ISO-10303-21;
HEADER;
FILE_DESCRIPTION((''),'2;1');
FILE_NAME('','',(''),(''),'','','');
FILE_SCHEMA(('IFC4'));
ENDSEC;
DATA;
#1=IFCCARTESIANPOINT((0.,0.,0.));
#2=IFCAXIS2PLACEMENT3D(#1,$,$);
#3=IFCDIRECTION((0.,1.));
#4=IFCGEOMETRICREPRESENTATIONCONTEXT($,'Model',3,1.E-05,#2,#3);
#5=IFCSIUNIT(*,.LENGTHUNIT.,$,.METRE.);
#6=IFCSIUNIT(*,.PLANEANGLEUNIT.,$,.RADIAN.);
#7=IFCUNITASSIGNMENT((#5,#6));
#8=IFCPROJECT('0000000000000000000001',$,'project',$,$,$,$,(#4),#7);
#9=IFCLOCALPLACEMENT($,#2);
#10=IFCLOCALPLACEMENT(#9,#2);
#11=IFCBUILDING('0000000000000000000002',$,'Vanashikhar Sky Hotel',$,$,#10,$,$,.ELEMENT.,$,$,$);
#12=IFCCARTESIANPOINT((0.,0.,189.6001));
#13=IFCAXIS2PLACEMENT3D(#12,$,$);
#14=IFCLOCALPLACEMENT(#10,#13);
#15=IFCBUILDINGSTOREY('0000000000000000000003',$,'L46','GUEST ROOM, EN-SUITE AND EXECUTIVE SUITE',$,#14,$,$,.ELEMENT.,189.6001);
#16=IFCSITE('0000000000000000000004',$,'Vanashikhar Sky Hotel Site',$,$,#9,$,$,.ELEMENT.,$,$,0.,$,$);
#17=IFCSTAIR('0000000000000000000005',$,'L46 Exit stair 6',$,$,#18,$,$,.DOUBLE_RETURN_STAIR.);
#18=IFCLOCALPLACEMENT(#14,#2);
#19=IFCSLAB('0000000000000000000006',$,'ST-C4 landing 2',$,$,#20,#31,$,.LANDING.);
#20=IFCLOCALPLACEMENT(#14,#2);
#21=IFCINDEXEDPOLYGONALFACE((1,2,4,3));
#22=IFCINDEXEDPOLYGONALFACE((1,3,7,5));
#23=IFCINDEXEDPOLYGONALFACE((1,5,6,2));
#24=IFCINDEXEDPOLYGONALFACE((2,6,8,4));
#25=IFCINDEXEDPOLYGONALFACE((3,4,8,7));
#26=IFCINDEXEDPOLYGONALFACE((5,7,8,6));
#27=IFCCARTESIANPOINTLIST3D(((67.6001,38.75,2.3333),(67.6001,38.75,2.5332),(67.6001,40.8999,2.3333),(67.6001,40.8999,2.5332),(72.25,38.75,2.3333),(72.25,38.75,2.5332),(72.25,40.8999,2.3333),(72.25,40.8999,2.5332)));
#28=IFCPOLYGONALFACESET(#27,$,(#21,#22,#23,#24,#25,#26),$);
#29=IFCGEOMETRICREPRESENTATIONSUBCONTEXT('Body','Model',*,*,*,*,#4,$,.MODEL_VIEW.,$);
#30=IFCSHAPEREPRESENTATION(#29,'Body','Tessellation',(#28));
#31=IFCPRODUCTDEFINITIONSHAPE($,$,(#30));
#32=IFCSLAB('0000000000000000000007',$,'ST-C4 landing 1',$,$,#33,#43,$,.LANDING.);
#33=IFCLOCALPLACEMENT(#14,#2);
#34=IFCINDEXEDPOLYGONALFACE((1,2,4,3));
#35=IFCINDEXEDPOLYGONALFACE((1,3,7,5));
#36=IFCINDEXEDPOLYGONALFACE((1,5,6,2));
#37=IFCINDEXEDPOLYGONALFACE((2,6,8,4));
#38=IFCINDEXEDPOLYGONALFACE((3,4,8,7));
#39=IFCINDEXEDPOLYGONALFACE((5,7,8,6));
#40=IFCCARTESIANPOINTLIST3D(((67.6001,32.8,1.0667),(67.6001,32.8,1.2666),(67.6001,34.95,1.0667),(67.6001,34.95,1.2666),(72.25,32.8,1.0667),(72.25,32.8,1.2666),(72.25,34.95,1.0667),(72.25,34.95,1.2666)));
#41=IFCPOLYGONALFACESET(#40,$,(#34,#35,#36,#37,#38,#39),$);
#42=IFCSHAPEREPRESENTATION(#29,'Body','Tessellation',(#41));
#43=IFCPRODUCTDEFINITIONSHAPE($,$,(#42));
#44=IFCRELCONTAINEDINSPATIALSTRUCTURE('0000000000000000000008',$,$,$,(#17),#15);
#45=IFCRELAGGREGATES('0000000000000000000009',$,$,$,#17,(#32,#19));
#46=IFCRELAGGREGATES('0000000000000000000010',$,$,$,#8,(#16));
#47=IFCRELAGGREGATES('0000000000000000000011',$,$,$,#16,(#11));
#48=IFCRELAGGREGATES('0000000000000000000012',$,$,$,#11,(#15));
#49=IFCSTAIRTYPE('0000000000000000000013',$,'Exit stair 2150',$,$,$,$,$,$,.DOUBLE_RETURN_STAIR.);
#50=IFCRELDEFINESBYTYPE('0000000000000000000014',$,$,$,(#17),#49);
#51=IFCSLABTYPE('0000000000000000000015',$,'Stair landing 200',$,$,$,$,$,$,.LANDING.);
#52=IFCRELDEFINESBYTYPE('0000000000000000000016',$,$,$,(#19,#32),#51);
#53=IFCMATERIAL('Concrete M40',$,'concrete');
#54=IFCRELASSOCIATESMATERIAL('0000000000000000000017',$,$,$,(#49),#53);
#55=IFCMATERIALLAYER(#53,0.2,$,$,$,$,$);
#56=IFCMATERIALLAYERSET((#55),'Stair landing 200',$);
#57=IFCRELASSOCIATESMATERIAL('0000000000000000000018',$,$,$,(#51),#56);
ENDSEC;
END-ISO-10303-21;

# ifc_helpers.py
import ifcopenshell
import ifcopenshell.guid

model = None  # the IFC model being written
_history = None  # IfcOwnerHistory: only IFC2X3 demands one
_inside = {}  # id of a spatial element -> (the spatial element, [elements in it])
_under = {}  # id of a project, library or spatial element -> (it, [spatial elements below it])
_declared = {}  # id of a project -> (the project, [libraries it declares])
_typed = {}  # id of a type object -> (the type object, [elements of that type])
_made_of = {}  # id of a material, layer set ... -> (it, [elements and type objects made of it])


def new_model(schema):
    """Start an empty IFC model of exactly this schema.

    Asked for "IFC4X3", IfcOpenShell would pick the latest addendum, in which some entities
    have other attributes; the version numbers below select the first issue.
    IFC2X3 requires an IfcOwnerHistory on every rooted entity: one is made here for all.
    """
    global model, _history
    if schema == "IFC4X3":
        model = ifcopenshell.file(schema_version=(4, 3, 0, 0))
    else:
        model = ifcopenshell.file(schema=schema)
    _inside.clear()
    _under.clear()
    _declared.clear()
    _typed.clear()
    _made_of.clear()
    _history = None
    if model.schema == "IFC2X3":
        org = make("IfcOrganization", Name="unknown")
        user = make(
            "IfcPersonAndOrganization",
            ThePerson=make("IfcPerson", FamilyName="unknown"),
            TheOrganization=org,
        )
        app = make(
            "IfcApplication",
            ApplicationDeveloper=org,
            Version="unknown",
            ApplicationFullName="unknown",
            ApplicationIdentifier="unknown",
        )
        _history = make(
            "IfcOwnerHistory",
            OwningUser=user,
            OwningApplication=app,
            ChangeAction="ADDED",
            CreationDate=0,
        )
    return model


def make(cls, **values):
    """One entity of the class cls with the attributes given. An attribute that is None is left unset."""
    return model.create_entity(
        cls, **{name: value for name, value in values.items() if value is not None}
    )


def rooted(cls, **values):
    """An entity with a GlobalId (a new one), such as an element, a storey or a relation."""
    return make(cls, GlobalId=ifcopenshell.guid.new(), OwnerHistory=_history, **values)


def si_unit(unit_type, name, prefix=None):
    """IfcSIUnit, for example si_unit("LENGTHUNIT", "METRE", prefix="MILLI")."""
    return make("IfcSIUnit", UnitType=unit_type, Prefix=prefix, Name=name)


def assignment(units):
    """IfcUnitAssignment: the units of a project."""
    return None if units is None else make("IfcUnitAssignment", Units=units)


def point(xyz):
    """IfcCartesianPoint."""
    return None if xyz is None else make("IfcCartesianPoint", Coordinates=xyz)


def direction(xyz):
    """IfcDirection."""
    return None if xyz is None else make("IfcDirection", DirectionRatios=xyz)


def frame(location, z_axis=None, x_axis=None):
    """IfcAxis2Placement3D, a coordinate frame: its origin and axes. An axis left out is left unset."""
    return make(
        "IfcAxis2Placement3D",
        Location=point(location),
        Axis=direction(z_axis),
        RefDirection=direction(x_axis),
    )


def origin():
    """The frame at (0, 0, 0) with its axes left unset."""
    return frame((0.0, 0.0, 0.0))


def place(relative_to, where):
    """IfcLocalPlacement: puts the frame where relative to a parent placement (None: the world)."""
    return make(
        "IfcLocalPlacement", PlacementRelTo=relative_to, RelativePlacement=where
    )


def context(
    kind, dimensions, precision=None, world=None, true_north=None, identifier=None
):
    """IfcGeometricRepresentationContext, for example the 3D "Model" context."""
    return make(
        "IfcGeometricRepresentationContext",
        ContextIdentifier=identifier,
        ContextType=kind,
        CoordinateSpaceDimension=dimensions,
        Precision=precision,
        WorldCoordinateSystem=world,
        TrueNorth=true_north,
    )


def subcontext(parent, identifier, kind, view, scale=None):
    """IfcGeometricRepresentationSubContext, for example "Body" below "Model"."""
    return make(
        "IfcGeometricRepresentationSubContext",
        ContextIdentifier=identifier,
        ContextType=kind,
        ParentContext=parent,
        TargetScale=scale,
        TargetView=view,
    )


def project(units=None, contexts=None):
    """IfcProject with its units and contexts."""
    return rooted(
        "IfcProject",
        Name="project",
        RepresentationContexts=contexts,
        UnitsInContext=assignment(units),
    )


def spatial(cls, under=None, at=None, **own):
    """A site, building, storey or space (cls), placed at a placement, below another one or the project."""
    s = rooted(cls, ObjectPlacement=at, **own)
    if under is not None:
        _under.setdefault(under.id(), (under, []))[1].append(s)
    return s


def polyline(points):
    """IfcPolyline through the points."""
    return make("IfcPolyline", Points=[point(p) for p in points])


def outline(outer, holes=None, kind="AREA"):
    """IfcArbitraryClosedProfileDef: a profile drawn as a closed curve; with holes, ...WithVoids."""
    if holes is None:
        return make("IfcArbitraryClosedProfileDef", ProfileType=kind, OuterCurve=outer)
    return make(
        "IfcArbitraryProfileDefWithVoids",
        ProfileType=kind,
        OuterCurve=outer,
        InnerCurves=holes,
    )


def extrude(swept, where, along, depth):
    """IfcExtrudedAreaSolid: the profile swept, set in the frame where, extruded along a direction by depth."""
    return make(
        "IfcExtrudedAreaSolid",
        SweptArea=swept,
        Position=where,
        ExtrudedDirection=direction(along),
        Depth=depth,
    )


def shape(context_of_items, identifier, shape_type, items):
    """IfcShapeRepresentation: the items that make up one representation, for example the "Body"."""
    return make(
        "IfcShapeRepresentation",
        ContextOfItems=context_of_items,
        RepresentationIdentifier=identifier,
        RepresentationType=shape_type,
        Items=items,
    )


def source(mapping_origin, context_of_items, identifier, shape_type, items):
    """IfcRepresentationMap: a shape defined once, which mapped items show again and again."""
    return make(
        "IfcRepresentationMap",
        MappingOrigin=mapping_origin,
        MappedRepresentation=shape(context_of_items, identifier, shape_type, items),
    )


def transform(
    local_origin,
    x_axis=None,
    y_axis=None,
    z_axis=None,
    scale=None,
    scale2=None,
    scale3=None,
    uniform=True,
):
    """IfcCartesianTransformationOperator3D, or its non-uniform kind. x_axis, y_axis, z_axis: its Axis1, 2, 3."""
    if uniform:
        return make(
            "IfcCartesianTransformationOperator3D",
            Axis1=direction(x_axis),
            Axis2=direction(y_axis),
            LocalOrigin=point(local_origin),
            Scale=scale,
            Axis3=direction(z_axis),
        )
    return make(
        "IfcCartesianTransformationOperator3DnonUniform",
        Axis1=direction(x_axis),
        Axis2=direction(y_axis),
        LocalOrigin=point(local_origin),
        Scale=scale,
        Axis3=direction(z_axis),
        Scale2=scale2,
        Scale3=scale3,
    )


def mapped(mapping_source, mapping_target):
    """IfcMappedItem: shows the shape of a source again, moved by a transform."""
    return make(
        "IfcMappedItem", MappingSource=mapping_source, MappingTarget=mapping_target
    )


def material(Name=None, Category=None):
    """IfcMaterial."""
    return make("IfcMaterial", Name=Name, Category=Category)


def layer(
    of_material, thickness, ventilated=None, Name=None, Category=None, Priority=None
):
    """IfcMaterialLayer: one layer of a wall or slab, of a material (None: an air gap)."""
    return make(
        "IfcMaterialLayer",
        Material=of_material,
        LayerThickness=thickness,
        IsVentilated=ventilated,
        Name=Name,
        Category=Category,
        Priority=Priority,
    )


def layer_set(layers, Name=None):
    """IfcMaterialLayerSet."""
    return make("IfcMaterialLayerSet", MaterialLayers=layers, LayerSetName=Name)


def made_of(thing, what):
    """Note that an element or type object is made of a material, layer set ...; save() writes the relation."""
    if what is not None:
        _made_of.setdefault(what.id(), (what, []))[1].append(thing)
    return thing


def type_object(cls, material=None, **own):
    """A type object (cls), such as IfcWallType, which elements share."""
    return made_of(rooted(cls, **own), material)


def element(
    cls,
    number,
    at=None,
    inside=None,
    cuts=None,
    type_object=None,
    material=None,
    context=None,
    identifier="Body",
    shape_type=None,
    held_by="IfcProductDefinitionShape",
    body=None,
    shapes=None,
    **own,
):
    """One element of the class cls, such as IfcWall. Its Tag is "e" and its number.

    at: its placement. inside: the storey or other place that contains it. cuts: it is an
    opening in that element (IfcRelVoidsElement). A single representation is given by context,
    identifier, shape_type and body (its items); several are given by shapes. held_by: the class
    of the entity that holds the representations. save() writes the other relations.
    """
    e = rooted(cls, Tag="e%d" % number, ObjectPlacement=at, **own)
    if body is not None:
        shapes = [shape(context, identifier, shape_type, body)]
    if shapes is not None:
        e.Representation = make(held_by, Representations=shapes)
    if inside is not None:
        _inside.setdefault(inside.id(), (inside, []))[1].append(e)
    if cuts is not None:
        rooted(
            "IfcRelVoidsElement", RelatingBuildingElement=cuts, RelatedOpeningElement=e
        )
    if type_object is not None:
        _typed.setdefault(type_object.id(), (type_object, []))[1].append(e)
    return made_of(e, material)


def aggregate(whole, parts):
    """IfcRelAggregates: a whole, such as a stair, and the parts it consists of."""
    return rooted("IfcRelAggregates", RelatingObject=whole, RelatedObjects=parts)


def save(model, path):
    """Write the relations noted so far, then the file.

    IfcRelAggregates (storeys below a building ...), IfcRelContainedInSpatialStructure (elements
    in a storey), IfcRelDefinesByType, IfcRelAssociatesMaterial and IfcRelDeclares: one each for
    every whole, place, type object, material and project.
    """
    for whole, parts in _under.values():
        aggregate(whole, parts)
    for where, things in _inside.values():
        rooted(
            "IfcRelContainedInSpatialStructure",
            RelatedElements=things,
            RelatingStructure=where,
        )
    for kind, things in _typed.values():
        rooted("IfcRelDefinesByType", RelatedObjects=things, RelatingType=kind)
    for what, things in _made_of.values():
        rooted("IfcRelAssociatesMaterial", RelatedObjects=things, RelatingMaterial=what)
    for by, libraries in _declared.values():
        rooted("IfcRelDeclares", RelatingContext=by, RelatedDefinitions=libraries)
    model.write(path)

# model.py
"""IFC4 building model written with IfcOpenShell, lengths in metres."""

from ifc_helpers import new_model, si_unit, direction, frame, origin, place, context, subcontext, project, spatial, polyline, outline, extrude, source, transform, mapped, material, layer, layer_set, type_object, element, aggregate, save


model = new_model("IFC4")

# Units and contexts
model_context = context("Model", 3, precision=1e-05, world=origin(), true_north=direction((0.0, 1.0)))
body_context = subcontext(model_context, "Body", "Model", "MODEL_VIEW")
ifc_project = project(units=[si_unit("LENGTHUNIT", "METRE"), si_unit("PLANEANGLEUNIT", "RADIAN")], contexts=[model_context])

# Site, building, storey
site_placement = place(None, origin())
site = spatial("IfcSite", under=ifc_project, at=site_placement, Name="Vanashikhar Sky Hotel Site", CompositionType="ELEMENT", RefElevation=0.0)
building_placement = place(site_placement, origin())
building = spatial("IfcBuilding", under=site, at=building_placement, Name="Vanashikhar Sky Hotel", CompositionType="ELEMENT")
storey_placement = place(building_placement, frame((0.0, 0.0, 189.6001)))
storey = spatial("IfcBuildingStorey", under=building, at=storey_placement, Name="L46", Description="GUEST ROOM, EN-SUITE AND EXECUTIVE SUITE", CompositionType="ELEMENT", Elevation=189.6001)

# Shared definitions
ifc_material = material(Name="Concrete M40", Category="concrete")

# Shared definitions
stair_type = type_object("IfcStairType", Name="Exit stair 2150", PredefinedType="DOUBLE_RETURN_STAIR", material=ifc_material)
ifc_layer_1 = layer(ifc_material, 0.2)
ifc_layer_set_1 = layer_set([ifc_layer_1], Name="Stair landing 200")
slab_type_1 = type_object("IfcSlabType", Name="Stair landing 200", PredefinedType="LANDING", material=ifc_layer_set_1)

# Stair, slabs
stair_1_placement = place(storey_placement, origin())
stair_1 = element("IfcStair", 1, at=stair_1_placement, inside=storey, type_object=stair_type, Name="L46 Exit stair 6", PredefinedType="DOUBLE_RETURN_STAIR")
shared_shape_1 = source(origin(), body_context, "Body", "SweptSolid", [
    extrude(outline(polyline([(72.25, 38.75), (72.25, 40.8999), (67.6001, 40.8999), (67.6001, 38.75), (72.25, 38.75)])), origin(), (0.0, 0.0, 1.0), 0.2),
])
slab_1_placement = place(storey_placement, frame((0.0, 0.0, 2.3333)))
slab_1 = element("IfcSlab", 2, at=slab_1_placement, type_object=slab_type_1, Name="ST-C4 landing 2", PredefinedType="LANDING", context=body_context, shape_type="MappedRepresentation", body=[
    mapped(shared_shape_1, transform((0.0, 0.0, 0.0), scale=1.0)),
])
shared_shape_2 = source(origin(), body_context, "Body", "SweptSolid", [
    extrude(outline(polyline([(72.25, 32.8), (72.25, 34.95), (67.6001, 34.95), (67.6001, 32.8), (72.25, 32.8)])), origin(), (0.0, 0.0, 1.0), 0.2),
])
slab_2_placement = place(storey_placement, frame((0.0, 0.0, 1.0667)))
slab_2 = element("IfcSlab", 3, at=slab_2_placement, type_object=slab_type_1, Name="ST-C4 landing 1", PredefinedType="LANDING", context=body_context, shape_type="MappedRepresentation", body=[
    mapped(shared_shape_2, transform((0.0, 0.0, 0.0), scale=1.0)),
])
aggregate(stair_1, [slab_2, slab_1])

save(model, "model.ifc")
